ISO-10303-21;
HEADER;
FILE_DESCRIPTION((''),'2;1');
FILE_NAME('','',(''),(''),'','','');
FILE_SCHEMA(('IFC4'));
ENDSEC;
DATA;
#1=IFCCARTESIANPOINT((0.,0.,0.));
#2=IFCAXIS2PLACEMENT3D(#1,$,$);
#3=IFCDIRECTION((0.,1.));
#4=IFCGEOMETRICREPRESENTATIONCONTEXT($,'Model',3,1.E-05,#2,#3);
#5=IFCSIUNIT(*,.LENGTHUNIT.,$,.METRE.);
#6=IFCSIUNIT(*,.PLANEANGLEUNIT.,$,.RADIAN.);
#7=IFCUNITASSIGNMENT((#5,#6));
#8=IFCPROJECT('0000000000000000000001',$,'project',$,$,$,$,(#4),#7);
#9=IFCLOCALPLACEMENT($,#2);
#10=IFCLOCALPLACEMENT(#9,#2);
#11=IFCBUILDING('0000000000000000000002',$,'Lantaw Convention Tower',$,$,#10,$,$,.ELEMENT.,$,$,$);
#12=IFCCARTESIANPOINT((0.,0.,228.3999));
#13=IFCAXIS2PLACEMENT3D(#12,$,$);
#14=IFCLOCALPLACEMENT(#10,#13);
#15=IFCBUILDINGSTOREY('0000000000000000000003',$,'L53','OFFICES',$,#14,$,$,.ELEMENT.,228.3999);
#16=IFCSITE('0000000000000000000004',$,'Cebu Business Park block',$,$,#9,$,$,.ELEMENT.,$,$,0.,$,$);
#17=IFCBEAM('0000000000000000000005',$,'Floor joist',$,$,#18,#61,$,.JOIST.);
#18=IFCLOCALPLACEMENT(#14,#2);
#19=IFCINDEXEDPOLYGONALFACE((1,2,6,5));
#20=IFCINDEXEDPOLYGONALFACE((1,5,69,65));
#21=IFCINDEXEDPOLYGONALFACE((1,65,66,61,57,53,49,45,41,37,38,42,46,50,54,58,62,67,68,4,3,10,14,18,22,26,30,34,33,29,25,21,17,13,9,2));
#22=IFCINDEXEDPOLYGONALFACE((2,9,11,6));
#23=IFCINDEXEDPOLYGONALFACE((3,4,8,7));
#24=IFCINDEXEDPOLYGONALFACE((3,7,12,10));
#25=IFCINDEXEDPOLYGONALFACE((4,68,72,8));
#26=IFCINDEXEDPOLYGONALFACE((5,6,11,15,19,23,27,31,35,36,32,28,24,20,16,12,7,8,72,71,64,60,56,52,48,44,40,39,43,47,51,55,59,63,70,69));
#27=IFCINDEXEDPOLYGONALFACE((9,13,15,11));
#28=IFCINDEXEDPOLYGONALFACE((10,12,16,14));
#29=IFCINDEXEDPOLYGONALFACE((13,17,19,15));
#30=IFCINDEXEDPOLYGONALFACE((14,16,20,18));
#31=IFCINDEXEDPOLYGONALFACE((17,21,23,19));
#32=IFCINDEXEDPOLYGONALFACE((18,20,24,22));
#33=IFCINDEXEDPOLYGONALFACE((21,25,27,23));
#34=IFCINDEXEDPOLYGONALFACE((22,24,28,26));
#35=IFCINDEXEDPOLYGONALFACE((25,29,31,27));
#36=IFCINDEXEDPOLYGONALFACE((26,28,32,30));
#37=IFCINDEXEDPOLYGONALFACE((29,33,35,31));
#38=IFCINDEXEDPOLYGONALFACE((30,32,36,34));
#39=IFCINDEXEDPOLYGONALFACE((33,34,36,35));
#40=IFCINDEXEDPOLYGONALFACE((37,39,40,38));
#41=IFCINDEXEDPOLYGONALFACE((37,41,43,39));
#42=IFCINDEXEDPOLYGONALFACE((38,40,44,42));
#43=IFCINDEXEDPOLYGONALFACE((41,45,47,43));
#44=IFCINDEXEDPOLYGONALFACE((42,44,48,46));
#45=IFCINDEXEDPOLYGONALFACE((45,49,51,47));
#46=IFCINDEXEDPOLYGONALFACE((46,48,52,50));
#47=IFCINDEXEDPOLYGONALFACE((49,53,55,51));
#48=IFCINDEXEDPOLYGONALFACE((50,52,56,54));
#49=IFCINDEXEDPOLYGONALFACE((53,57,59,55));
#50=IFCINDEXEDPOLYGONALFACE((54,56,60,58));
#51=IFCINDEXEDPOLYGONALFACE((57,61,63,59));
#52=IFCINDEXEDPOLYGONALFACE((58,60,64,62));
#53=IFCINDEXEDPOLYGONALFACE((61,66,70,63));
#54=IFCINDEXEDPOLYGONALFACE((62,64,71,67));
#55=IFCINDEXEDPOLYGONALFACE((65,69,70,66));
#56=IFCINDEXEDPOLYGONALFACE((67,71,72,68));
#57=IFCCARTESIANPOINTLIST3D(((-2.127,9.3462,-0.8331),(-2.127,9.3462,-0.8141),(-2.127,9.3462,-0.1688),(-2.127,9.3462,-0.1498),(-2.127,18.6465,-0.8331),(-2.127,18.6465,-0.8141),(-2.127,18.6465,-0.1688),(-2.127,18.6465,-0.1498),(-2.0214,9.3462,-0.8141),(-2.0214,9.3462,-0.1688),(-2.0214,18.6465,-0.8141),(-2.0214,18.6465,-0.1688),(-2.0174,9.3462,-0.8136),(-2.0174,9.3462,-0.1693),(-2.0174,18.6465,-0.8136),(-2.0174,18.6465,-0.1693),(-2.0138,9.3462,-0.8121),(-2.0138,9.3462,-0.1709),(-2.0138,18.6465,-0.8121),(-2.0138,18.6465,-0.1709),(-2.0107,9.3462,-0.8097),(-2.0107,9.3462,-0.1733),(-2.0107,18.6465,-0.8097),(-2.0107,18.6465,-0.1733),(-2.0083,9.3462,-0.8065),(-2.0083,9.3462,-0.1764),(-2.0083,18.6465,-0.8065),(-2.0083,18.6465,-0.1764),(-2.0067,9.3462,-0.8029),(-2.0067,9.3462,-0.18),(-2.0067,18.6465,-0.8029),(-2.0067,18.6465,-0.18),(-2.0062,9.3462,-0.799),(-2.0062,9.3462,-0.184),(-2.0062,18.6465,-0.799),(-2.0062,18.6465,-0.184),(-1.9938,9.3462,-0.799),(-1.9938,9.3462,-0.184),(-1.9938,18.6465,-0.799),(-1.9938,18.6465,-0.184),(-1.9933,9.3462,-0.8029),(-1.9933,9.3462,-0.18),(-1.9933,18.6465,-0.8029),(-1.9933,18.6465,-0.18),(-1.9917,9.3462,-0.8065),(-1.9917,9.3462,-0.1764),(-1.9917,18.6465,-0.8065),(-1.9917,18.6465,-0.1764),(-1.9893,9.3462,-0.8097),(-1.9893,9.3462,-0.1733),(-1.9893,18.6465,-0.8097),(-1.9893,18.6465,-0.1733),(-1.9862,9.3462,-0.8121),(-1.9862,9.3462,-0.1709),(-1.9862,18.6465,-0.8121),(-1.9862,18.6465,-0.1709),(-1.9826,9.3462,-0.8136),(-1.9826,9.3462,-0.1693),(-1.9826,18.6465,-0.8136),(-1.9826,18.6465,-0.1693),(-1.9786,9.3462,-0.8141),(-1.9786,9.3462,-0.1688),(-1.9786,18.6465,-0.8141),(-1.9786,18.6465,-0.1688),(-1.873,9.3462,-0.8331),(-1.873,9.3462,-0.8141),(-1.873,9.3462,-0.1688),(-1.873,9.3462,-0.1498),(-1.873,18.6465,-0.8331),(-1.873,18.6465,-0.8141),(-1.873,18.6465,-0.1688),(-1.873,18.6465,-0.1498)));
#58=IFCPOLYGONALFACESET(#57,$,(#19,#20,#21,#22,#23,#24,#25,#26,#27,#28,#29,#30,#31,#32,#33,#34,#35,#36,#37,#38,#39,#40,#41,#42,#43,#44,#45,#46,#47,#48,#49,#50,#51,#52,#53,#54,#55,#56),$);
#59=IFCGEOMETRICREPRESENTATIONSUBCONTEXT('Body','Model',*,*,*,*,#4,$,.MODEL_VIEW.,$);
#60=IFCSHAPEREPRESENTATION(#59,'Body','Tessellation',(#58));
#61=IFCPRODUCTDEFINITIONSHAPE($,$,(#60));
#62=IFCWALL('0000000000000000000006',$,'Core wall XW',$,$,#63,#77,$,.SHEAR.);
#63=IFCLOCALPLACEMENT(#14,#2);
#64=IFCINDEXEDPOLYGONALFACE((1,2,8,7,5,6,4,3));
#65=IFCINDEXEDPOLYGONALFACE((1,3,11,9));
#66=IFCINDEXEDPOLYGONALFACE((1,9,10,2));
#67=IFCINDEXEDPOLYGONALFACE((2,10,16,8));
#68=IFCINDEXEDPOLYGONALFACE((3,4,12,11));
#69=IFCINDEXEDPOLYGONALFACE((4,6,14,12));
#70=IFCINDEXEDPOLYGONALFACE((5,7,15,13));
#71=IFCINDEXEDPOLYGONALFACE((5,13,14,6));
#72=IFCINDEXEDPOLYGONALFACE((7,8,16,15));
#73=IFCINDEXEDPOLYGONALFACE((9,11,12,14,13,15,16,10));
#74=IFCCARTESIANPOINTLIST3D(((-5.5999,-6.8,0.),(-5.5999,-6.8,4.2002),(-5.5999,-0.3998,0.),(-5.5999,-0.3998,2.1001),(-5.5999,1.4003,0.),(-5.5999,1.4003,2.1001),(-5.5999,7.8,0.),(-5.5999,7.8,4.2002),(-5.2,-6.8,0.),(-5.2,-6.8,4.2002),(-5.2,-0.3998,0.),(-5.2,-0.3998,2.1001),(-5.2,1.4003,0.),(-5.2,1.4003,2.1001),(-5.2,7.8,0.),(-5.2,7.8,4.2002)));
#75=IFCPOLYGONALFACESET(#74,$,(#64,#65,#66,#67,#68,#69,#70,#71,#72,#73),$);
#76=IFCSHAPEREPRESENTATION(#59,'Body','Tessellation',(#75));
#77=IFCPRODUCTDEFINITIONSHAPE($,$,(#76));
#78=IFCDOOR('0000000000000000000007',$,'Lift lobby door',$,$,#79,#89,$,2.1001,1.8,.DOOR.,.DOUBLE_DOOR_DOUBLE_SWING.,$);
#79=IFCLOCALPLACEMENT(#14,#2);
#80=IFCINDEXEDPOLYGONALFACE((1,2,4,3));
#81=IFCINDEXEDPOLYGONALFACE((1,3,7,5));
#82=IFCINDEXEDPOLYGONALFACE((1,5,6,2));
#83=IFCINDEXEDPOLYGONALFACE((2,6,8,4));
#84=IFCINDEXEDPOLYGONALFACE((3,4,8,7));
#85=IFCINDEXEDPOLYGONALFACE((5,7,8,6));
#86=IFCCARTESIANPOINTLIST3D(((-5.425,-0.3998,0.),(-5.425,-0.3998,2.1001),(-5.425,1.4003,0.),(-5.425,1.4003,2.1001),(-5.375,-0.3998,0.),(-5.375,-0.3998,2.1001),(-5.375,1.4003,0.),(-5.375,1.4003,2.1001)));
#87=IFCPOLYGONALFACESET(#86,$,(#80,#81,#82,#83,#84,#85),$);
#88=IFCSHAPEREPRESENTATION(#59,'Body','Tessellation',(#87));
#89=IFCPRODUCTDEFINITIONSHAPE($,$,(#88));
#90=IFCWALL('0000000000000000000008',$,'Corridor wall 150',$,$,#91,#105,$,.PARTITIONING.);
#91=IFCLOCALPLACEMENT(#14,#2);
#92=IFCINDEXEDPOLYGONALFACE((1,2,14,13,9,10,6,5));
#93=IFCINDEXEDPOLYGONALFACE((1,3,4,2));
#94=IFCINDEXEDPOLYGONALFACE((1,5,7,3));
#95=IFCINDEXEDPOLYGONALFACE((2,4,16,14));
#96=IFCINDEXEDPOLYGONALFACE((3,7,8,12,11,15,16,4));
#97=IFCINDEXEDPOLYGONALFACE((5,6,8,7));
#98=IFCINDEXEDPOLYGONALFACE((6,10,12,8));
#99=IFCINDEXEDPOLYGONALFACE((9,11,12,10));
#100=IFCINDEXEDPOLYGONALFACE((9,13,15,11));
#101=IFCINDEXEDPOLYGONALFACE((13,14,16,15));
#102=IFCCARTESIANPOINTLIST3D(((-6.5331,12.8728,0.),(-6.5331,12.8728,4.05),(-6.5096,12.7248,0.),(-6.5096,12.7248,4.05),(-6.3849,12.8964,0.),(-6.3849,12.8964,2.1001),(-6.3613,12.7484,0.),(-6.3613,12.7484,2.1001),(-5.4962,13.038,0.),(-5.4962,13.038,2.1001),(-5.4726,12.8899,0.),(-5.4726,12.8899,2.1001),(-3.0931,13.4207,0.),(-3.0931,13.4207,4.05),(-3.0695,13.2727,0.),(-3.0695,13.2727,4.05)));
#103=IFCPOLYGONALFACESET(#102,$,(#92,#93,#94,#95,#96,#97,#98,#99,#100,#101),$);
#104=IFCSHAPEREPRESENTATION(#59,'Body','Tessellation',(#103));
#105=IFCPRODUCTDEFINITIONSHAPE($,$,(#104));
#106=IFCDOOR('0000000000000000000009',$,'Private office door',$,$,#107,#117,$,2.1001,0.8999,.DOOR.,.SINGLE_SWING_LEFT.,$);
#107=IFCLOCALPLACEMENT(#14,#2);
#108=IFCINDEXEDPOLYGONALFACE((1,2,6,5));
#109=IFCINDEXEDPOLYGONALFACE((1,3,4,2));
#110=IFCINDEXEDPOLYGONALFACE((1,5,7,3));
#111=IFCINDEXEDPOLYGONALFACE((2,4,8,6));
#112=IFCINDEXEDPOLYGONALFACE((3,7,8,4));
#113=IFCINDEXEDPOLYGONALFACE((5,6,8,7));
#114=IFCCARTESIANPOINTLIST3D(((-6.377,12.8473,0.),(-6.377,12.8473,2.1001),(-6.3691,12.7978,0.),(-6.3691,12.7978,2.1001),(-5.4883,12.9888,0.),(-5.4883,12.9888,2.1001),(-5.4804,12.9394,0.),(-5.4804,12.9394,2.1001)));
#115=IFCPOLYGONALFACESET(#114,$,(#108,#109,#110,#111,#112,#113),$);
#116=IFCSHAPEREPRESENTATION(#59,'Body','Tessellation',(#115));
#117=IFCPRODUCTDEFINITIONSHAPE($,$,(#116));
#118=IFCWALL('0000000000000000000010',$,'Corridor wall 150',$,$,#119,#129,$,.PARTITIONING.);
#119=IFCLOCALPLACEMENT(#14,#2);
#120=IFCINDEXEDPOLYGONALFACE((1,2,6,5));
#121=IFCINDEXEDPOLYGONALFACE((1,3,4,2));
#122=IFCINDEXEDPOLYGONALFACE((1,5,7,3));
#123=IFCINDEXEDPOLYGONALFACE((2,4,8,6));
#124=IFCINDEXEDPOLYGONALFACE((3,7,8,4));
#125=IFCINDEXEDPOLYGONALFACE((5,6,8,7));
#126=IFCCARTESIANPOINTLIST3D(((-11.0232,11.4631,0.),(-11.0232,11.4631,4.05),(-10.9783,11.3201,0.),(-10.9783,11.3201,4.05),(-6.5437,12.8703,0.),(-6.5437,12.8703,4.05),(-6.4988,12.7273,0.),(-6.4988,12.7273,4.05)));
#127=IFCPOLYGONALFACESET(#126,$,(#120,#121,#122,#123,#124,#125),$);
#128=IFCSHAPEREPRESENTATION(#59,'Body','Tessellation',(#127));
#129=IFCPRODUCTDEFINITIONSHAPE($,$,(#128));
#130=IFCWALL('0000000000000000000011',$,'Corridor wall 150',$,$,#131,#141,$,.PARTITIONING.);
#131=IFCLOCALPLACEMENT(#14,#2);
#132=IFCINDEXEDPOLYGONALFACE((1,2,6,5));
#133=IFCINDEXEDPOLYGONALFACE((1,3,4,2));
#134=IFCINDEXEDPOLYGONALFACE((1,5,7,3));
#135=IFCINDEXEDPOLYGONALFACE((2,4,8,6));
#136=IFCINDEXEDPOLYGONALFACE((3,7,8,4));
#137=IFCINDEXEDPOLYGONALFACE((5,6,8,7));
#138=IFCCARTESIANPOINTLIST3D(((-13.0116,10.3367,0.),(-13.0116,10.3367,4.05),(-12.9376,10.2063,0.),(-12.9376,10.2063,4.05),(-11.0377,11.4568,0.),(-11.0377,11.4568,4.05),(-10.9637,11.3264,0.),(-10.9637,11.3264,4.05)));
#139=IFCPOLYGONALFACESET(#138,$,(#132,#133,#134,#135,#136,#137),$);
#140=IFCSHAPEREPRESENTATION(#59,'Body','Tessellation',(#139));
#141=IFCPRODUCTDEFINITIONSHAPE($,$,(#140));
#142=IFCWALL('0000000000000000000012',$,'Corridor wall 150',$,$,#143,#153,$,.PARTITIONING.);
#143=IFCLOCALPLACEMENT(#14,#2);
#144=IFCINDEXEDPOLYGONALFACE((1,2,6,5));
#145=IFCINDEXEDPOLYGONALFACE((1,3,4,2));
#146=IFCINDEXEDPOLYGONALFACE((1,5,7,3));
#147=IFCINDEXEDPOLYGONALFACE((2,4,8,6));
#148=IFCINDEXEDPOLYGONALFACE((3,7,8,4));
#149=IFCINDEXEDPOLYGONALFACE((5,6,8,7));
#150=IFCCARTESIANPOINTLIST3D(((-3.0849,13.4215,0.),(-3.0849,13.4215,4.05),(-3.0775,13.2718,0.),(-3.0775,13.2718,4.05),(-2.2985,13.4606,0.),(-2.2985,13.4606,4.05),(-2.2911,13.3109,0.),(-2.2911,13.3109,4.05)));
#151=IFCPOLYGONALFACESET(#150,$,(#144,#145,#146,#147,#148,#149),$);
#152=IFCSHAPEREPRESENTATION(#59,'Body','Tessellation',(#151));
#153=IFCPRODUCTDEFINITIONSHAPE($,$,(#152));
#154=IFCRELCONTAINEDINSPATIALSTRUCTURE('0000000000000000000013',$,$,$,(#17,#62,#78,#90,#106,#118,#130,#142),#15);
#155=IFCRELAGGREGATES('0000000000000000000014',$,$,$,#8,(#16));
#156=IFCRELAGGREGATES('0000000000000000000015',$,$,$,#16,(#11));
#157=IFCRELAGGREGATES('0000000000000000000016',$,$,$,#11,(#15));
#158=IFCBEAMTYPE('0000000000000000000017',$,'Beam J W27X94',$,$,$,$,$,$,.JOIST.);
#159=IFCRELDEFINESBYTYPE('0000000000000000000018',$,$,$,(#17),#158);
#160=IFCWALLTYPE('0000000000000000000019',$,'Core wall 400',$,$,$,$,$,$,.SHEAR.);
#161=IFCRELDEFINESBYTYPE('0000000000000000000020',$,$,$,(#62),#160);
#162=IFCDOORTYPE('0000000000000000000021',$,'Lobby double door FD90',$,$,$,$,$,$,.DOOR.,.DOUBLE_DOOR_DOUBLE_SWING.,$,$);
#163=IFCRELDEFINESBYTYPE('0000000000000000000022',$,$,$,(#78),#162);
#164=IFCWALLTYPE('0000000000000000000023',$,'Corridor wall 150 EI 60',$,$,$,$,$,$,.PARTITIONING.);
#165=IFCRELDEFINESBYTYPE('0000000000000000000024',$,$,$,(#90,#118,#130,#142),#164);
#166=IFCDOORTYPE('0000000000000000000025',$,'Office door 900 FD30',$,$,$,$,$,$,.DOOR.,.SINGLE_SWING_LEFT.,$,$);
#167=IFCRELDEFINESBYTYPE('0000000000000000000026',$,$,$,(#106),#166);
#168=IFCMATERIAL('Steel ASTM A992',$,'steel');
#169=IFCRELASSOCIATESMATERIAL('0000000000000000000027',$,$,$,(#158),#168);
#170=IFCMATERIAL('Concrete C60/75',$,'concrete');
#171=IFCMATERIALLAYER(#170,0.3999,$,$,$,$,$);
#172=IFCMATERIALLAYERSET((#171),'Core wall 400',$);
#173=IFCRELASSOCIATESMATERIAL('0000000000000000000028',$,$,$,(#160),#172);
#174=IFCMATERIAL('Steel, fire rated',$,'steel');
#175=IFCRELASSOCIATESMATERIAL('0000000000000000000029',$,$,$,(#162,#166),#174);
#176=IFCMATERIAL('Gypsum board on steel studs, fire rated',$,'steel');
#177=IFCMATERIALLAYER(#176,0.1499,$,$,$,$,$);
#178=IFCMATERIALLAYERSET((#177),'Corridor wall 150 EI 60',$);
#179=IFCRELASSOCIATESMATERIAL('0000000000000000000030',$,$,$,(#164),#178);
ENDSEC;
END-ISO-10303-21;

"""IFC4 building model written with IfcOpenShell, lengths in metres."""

from ifc_helpers import new_model, si_unit, direction, frame, frame_2d, origin, origin_2d, place, context, subcontext, project, spatial, rectangle, i_section, extrude, material, layer, layer_set, material_profile, profile_set, type_object, element, fill, save


model = new_model("IFC4")

# Units and contexts
model_context = context("Model", 3, precision=1e-05, world=origin(), true_north=direction((0.0, 1.0)))
body_context = subcontext(model_context, "Body", "Model", "MODEL_VIEW")
ifc_project = project(units=[si_unit("LENGTHUNIT", "METRE"), si_unit("PLANEANGLEUNIT", "RADIAN")], contexts=[model_context])

# Site, building, storey
site_placement = place(None, origin())
site = spatial("IfcSite", under=ifc_project, at=site_placement, Name="Cebu Business Park block", CompositionType="ELEMENT", RefElevation=0.0)
building_placement = place(site_placement, origin())
building = spatial("IfcBuilding", under=site, at=building_placement, Name="Lantaw Convention Tower", CompositionType="ELEMENT")
storey_placement = place(building_placement, frame((0.0, 0.0, 228.3999)))
storey = spatial("IfcBuildingStorey", under=building, at=storey_placement, Name="L53", Description="OFFICES", CompositionType="ELEMENT", Elevation=228.3999)

# Shared definitions
ifc_material_1 = material(Name="Concrete C60/75", Category="concrete")

# Beam
ifc_material_2 = material(Name="Steel ASTM A992", Category="steel")
ifc_material_profile_1 = material_profile(ifc_material_2, i_section(OverallWidth=0.2539, OverallDepth=0.6833, WebThickness=0.0125, FlangeThickness=0.019, FilletRadius=0.0151, at=origin_2d()), Name="W27X94")
ifc_profile_set_1 = profile_set([ifc_material_profile_1], Name="Steel ASTM A992")
beam_type_1 = type_object("IfcBeamType", Name="Beam J W27X94", PredefinedType="JOIST", material=ifc_profile_set_1)
beam_1_placement = place(storey_placement, frame((-2.0, 9.3462, -0.4915), z_axis=(0.0, 1.0, 0.0), x_axis=(-1.0, 0.0, 0.0)))
element("IfcBeam", 1, at=beam_1_placement, inside=storey, type_object=beam_type_1, Name="Floor joist", PredefinedType="JOIST", context=body_context, shape_type="SweptSolid", body=[
    extrude(i_section(OverallWidth=0.2539, OverallDepth=0.6833, WebThickness=0.0125, FlangeThickness=0.019, FilletRadius=0.0151, at=origin_2d()), origin(), (0.0, 0.0, 1.0), 9.3003),
])

# Walls, openings, doors
ifc_layer_1 = layer(ifc_material_1, 0.3999)
ifc_layer_set_1 = layer_set([ifc_layer_1], Name="Core wall 400")
wall_type_1 = type_object("IfcWallType", Name="Core wall 400", PredefinedType="SHEAR", material=ifc_layer_set_1)
wall_1_placement = place(storey_placement, frame((-5.3999, 7.8, 0.0), z_axis=(0.0, 0.0, 1.0), x_axis=(0.0, -1.0, 0.0)))
wall_1 = element("IfcWall", 2, at=wall_1_placement, inside=storey, type_object=wall_type_1, Name="Core wall XW", PredefinedType="SHEAR", context=body_context, shape_type="SweptSolid", body=[
    extrude(rectangle(XDim=14.6001, YDim=0.3999, at=frame_2d((7.3, 0.0))), origin(), (0.0, 0.0, 1.0), 4.2002),
])
opening_1_placement = place(wall_1_placement, frame((6.3999, 0.0, 0.0)))
opening_1 = element("IfcOpeningElement", 3, at=opening_1_placement, cuts=wall_1, PredefinedType="OPENING", context=body_context, shape_type="SweptSolid", body=[
    extrude(rectangle(XDim=1.8, YDim=2.1001, at=frame_2d((0.8999, 1.05))), frame((0.0, 0.21, 0.0), z_axis=(0.0, -1.0, 0.0), x_axis=(1.0, 0.0, 0.0)), (0.0, 0.0, 1.0), 0.4199),
])
ifc_material_3 = material(Name="Steel, fire rated", Category="steel")
door_type_1 = type_object("IfcDoorType", Name="Lobby double door FD90", OperationType="DOUBLE_DOOR_DOUBLE_SWING", PredefinedType="DOOR", material=ifc_material_3)
door_1_placement = place(opening_1_placement, origin())
door_1 = element("IfcDoor", 4, at=door_1_placement, inside=storey, type_object=door_type_1, Name="Lift lobby door", OperationType="DOUBLE_DOOR_DOUBLE_SWING", OverallHeight=2.1001, OverallWidth=1.8, PredefinedType="DOOR", context=body_context, shape_type="SweptSolid", body=[
    extrude(rectangle(XDim=1.8, YDim=2.1001, at=frame_2d((0.8999, 1.05))), frame((0.0, 0.0249, 0.0), z_axis=(0.0, -1.0, 0.0), x_axis=(1.0, 0.0, 0.0)), (0.0, 0.0, 1.0), 0.05),
])
fill(opening_1, door_1)
ifc_material_4 = material(Name="Gypsum board on steel studs, fire rated", Category="steel")
ifc_layer_2 = layer(ifc_material_4, 0.1499)
ifc_layer_set_2 = layer_set([ifc_layer_2], Name="Corridor wall 150 EI 60")
wall_type_2 = type_object("IfcWallType", Name="Corridor wall 150 EI 60", PredefinedType="PARTITIONING", material=ifc_layer_set_2)
wall_2_placement = place(storey_placement, frame((-3.0813, 13.3467, 0.0), z_axis=(0.0, 0.0, 1.0), x_axis=(-0.987554, -0.15728, 0.0)))
wall_2 = element("IfcWall", 5, at=wall_2_placement, inside=storey, type_object=wall_type_2, Name="Corridor wall 150", PredefinedType="PARTITIONING", context=body_context, shape_type="SweptSolid", body=[
    extrude(rectangle(XDim=3.4834, YDim=0.1499, at=frame_2d((1.7417, 0.0))), origin(), (0.0, 0.0, 1.0), 4.05),
])
opening_2_placement = place(wall_2_placement, frame((2.4333, 0.0, 0.0)))
opening_2 = element("IfcOpeningElement", 6, at=opening_2_placement, cuts=wall_2, PredefinedType="OPENING", context=body_context, shape_type="SweptSolid", body=[
    extrude(rectangle(XDim=0.8999, YDim=2.1001, at=frame_2d((0.45, 1.05))), frame((0.0, 0.085, 0.0), z_axis=(0.0, -1.0, 0.0), x_axis=(1.0, 0.0, 0.0)), (0.0, 0.0, 1.0), 0.1699),
])
door_type_2 = type_object("IfcDoorType", Name="Office door 900 FD30", OperationType="SINGLE_SWING_LEFT", PredefinedType="DOOR", material=ifc_material_3)
door_2_placement = place(opening_2_placement, origin())
door_2 = element("IfcDoor", 7, at=door_2_placement, inside=storey, type_object=door_type_2, Name="Private office door", OperationType="SINGLE_SWING_LEFT", OverallHeight=2.1001, OverallWidth=0.8999, PredefinedType="DOOR", context=body_context, shape_type="SweptSolid", body=[
    extrude(rectangle(XDim=0.8999, YDim=2.1001, at=frame_2d((0.45, 1.05))), frame((0.0, 0.0249, 0.0), z_axis=(0.0, -1.0, 0.0), x_axis=(1.0, 0.0, 0.0)), (0.0, 0.0, 1.0), 0.05),
])
fill(opening_2, door_2)

# Walls
wall_3_placement = place(storey_placement, frame((-6.5212, 12.7988, 0.0), z_axis=(0.0, 0.0, 1.0), x_axis=(-0.954031, -0.299708, 0.0)))
element("IfcWall", 8, at=wall_3_placement, inside=storey, type_object=wall_type_2, Name="Corridor wall 150", PredefinedType="PARTITIONING", context=body_context, shape_type="SweptSolid", body=[
    extrude(rectangle(XDim=4.6953, YDim=0.1499, at=frame_2d((2.3477, 0.0))), origin(), (0.0, 0.0, 1.0), 4.05),
])
wall_4_placement = place(storey_placement, frame((-11.0007, 11.3916, 0.0), z_axis=(0.0, 0.0, 1.0), x_axis=(-0.869722, -0.493542, 0.0)))
element("IfcWall", 9, at=wall_4_placement, inside=storey, type_object=wall_type_2, Name="Corridor wall 150", PredefinedType="PARTITIONING", context=body_context, shape_type="SweptSolid", body=[
    extrude(rectangle(XDim=2.2695, YDim=0.1499, at=frame_2d((1.1348, 0.0))), origin(), (0.0, 0.0, 1.0), 4.05),
])
wall_5_placement = place(storey_placement, frame((-2.2949, 13.3857, 0.0), z_axis=(0.0, 0.0, 1.0), x_axis=(-0.998769, -0.049613, 0.0)))
element("IfcWall", 10, at=wall_5_placement, inside=storey, type_object=wall_type_2, Name="Corridor wall 150", PredefinedType="PARTITIONING", context=body_context, shape_type="SweptSolid", body=[
    extrude(rectangle(XDim=0.7874, YDim=0.1499, at=frame_2d((0.3936, 0.0))), origin(), (0.0, 0.0, 1.0), 4.05),
])

save(model, "model.ifc")
